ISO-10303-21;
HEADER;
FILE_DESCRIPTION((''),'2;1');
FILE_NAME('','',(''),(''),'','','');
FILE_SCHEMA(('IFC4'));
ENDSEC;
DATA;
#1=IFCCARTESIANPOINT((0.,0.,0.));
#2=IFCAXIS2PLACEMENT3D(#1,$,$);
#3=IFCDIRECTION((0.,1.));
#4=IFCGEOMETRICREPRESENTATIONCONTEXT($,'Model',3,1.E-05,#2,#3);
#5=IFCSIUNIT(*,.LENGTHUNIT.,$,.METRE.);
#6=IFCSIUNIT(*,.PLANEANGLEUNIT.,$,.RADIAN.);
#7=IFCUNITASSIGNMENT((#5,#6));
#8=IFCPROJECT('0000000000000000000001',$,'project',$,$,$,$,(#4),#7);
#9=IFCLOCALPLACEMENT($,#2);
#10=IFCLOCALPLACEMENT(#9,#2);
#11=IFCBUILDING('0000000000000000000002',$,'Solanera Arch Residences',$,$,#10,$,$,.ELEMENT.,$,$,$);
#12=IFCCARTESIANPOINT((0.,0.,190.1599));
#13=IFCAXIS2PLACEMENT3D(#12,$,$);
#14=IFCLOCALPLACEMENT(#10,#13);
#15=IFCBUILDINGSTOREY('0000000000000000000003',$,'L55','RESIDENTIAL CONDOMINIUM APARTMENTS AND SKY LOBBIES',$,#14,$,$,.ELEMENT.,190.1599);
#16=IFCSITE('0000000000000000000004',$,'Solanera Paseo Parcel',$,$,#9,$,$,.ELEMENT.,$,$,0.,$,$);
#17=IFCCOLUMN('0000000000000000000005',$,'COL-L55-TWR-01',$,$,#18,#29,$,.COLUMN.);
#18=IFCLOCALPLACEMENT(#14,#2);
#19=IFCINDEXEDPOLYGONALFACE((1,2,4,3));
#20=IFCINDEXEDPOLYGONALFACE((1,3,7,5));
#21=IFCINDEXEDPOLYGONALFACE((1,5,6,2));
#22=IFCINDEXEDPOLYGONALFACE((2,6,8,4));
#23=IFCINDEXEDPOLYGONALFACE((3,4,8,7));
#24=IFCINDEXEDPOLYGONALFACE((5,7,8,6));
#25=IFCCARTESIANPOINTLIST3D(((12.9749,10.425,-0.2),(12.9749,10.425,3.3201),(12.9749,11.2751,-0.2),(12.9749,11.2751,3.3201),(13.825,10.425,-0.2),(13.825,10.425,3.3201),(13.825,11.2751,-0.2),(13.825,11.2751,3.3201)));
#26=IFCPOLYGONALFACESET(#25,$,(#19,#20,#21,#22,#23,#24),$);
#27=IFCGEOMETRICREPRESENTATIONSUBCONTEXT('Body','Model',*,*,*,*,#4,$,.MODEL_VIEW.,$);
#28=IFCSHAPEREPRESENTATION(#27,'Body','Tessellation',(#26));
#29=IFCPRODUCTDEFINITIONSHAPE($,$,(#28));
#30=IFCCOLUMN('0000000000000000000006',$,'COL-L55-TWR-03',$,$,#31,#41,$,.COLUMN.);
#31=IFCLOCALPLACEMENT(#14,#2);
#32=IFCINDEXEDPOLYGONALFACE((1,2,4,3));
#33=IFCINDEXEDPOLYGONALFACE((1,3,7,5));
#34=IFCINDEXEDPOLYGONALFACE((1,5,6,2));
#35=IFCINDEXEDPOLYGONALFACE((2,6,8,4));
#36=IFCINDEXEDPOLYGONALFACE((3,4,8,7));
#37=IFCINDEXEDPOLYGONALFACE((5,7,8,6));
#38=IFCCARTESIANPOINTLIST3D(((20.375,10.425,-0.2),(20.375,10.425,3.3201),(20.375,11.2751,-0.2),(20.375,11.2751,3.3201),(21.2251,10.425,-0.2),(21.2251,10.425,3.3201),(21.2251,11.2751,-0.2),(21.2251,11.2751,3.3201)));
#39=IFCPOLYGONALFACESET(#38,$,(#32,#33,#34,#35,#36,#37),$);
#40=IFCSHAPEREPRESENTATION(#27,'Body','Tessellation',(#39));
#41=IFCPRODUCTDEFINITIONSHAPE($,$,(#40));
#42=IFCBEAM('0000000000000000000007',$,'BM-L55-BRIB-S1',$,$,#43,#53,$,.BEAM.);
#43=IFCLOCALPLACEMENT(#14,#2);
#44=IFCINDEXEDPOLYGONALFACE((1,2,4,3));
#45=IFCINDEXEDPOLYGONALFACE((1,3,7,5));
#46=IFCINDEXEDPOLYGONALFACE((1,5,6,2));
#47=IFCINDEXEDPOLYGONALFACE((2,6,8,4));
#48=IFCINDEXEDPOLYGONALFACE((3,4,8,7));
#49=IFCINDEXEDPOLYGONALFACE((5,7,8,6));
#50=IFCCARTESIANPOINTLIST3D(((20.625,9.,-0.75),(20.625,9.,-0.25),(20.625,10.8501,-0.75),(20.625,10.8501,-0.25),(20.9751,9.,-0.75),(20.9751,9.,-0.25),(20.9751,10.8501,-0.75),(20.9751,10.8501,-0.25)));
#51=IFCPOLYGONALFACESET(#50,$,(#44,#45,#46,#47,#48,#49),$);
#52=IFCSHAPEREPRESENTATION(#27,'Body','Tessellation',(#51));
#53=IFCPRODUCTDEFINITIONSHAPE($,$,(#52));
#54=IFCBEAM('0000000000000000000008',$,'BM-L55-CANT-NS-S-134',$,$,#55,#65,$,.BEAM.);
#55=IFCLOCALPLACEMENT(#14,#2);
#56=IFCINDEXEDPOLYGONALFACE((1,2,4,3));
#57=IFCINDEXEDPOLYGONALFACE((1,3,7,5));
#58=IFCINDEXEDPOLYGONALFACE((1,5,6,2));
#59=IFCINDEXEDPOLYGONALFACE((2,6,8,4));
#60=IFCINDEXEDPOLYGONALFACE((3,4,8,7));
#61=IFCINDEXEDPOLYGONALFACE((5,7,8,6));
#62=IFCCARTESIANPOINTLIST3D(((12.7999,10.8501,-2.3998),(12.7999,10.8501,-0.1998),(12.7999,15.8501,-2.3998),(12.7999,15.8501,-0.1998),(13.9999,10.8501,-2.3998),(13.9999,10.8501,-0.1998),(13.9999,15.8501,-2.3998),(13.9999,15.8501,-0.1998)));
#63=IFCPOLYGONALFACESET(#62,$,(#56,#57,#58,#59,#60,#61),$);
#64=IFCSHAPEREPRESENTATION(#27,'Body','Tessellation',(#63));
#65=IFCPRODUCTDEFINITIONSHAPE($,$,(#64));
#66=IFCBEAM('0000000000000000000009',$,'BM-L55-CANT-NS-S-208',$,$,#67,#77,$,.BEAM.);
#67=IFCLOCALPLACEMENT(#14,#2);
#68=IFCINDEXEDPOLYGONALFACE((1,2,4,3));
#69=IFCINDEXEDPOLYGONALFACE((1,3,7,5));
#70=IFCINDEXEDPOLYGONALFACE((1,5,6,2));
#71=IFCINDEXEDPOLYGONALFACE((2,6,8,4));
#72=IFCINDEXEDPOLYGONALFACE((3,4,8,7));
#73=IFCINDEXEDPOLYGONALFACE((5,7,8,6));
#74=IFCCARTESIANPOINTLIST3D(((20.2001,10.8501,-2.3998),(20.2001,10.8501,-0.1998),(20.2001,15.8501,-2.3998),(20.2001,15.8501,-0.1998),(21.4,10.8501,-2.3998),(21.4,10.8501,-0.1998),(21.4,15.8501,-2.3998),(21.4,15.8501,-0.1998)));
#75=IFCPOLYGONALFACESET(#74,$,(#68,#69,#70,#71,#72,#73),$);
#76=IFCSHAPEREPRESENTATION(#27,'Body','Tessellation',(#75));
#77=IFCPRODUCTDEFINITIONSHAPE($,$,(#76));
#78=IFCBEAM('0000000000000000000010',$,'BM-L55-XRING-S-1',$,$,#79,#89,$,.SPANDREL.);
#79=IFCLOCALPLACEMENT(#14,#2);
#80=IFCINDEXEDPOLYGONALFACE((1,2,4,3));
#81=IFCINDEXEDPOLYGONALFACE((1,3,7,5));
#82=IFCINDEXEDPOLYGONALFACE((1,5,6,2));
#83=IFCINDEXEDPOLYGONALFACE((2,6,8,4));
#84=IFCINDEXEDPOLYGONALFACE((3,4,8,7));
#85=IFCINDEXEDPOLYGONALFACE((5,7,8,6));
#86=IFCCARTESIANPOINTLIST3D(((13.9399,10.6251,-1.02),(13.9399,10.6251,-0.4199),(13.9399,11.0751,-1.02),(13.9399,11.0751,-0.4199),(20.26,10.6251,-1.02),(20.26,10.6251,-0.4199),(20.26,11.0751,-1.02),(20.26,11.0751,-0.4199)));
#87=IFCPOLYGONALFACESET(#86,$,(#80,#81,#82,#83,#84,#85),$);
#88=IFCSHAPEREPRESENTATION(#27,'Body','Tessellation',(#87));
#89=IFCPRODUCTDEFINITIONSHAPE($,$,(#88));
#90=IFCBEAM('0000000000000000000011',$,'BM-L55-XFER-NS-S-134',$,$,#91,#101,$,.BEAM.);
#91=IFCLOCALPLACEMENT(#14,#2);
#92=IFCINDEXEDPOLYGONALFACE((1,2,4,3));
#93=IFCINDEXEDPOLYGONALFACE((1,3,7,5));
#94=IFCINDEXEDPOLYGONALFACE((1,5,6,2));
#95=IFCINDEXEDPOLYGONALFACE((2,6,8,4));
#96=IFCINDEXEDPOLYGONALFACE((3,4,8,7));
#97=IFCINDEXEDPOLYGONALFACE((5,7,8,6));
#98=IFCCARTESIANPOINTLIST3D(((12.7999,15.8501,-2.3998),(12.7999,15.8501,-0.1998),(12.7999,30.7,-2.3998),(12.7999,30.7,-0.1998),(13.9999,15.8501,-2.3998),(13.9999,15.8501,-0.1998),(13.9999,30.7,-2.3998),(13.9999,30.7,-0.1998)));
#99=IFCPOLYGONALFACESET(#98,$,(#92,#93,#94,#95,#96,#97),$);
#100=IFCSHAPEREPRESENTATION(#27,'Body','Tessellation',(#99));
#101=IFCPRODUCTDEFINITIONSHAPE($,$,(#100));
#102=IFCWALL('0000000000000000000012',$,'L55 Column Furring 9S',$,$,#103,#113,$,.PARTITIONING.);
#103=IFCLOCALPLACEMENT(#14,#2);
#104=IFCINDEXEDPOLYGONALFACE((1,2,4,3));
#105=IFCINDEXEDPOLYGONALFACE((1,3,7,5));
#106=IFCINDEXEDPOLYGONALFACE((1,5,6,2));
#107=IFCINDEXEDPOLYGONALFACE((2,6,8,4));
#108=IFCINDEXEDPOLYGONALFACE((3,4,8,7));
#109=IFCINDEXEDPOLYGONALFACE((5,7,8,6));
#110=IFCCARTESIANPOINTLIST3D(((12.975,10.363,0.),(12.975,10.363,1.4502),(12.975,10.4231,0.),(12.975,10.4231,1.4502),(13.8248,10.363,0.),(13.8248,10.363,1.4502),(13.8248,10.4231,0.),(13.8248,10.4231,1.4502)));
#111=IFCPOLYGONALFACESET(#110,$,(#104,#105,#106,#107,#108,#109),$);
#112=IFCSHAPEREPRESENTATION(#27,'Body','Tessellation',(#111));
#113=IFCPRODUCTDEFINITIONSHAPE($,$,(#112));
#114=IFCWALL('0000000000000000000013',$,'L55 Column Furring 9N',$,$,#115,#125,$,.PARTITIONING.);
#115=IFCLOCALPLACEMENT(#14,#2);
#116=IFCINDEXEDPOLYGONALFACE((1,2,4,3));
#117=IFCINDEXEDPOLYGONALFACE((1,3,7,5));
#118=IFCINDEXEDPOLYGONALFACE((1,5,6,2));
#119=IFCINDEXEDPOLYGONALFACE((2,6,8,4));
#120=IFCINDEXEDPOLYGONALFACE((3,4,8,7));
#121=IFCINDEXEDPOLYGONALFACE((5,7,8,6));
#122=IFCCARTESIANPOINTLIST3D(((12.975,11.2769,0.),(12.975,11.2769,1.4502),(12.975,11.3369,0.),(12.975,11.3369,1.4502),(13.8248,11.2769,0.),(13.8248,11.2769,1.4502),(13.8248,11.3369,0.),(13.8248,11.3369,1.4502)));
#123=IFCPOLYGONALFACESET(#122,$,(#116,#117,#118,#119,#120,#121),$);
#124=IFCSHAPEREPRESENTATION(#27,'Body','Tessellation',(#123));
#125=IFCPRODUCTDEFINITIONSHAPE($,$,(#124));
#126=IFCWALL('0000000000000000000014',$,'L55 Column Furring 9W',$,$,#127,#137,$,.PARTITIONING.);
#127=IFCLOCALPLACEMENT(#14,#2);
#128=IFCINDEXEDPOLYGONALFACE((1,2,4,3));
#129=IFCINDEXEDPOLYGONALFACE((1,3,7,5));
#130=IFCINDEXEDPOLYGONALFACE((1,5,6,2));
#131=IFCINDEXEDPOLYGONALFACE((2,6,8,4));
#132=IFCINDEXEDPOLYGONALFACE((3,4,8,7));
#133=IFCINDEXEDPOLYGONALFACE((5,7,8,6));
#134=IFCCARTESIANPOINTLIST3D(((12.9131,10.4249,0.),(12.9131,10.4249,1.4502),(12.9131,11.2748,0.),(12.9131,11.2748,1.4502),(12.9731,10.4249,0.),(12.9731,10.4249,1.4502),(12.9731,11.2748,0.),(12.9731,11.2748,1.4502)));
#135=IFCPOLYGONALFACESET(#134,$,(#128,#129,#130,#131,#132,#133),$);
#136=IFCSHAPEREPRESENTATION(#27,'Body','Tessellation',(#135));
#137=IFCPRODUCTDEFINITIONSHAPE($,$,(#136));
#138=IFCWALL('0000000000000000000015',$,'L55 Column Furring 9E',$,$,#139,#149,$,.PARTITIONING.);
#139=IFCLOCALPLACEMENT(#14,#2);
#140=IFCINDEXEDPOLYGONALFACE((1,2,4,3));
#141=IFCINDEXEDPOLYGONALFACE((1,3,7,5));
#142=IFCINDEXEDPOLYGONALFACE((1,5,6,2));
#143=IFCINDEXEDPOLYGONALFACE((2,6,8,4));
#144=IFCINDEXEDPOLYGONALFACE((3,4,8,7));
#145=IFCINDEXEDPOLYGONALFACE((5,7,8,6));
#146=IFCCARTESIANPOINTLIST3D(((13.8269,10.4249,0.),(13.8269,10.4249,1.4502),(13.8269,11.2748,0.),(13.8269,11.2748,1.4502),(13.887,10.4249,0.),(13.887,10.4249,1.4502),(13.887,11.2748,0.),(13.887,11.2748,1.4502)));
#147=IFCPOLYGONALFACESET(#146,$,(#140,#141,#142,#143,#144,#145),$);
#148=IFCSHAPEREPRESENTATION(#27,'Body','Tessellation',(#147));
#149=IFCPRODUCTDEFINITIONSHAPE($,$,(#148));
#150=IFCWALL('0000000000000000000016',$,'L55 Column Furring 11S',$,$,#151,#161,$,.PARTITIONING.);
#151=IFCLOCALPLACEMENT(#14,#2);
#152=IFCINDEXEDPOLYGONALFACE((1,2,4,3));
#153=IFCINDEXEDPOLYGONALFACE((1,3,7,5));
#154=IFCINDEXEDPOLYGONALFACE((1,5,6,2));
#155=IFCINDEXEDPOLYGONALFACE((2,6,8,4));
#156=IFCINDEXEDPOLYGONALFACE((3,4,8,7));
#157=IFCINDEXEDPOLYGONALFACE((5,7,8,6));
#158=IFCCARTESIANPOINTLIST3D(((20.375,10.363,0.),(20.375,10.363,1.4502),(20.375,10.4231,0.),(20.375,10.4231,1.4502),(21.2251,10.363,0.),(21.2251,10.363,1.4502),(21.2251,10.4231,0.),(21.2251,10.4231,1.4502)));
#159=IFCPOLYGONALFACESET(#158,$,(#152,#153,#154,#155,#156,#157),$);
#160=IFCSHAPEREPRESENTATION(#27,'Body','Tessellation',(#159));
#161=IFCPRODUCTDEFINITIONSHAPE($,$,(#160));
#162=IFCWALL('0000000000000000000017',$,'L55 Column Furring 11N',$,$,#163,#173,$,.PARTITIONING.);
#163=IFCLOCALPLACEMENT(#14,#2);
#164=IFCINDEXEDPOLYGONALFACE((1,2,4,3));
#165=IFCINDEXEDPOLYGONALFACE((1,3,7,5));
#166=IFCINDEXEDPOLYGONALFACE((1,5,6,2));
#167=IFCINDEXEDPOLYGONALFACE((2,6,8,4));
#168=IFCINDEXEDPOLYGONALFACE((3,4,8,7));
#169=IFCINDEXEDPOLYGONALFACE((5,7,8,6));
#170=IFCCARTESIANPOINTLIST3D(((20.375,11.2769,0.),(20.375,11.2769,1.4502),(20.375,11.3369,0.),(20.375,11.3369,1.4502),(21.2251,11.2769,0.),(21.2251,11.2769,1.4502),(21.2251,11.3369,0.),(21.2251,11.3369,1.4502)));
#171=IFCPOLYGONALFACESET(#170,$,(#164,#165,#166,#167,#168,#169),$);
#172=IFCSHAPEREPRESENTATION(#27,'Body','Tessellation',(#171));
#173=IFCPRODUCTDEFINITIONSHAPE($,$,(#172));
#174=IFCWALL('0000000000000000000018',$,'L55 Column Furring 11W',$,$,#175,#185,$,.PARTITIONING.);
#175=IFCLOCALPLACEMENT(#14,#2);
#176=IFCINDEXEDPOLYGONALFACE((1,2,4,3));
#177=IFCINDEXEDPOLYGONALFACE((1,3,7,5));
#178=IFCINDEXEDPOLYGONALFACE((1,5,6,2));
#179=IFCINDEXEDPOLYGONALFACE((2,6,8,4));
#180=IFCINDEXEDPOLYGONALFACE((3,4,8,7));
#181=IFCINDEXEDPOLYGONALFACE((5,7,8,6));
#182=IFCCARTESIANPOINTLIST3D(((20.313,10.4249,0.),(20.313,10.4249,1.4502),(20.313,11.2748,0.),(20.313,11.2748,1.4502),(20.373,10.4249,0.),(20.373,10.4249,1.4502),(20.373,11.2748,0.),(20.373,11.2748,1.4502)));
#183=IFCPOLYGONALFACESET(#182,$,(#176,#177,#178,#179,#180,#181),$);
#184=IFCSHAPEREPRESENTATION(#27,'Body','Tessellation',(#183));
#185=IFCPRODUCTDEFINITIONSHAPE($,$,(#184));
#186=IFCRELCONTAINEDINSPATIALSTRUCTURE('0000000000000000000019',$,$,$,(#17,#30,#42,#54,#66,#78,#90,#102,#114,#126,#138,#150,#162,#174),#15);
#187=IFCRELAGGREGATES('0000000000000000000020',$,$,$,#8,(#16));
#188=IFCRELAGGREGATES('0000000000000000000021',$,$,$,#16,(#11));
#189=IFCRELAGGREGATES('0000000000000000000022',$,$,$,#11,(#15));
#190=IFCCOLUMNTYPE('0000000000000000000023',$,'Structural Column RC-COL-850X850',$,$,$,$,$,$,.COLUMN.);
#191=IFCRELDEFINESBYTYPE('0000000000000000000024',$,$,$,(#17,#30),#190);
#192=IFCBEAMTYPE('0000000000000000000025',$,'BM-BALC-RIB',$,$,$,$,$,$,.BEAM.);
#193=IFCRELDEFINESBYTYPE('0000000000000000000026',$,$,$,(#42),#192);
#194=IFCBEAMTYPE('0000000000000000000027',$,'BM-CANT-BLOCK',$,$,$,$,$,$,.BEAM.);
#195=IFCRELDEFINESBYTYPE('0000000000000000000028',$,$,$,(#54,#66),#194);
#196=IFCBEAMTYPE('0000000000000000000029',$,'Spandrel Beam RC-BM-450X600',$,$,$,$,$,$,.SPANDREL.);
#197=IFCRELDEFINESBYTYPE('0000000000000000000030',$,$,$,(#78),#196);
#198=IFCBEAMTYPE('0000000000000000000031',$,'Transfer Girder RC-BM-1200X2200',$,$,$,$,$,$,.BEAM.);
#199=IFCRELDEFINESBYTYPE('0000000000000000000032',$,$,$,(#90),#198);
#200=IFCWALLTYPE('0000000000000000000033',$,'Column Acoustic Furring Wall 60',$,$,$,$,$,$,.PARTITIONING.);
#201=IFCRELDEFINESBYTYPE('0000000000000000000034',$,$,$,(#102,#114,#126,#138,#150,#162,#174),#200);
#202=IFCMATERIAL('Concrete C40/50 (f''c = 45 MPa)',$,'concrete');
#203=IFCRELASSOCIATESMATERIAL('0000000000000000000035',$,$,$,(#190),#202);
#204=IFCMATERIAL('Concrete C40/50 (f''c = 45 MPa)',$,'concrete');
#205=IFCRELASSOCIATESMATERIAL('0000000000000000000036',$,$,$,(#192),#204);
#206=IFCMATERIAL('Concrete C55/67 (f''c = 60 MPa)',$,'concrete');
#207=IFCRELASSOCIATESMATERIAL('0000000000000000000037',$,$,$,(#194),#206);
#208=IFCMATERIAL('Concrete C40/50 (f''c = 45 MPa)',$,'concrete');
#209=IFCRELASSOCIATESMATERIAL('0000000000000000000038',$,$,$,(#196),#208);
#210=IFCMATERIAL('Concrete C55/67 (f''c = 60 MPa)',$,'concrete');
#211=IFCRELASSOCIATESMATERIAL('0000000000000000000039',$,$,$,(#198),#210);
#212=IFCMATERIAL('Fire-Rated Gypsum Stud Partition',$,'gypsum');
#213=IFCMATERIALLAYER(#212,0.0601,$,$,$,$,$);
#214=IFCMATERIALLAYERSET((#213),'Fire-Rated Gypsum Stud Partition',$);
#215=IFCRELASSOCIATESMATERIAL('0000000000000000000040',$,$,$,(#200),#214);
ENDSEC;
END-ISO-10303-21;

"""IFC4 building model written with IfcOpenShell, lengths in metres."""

from ifc_helpers import new_model, si_unit, direction, frame, frame_2d, origin, origin_2d, place, context, subcontext, project, spatial, rectangle, extrude, material, layer, layer_set, material_profile, profile_set, type_object, element, save


model = new_model("IFC4")

# Units and contexts
model_context = context("Model", 3, precision=1e-05, world=origin(), true_north=direction((0.0, 1.0)))
body_context = subcontext(model_context, "Body", "Model", "MODEL_VIEW")
ifc_project = project(units=[si_unit("LENGTHUNIT", "METRE"), si_unit("PLANEANGLEUNIT", "RADIAN")], contexts=[model_context])

# Site, building, storey
site_placement = place(None, origin())
site = spatial("IfcSite", under=ifc_project, at=site_placement, Name="Solanera Paseo Parcel", CompositionType="ELEMENT", RefElevation=0.0)
building_placement = place(site_placement, origin())
building = spatial("IfcBuilding", under=site, at=building_placement, Name="Solanera Arch Residences", CompositionType="ELEMENT")
storey_placement = place(building_placement, frame((0.0, 0.0, 190.1599)))
storey = spatial("IfcBuildingStorey", under=building, at=storey_placement, Name="L55", Description="RESIDENTIAL CONDOMINIUM APARTMENTS AND SKY LOBBIES", CompositionType="ELEMENT", Elevation=190.1599)

# Columns
ifc_material_1 = material(Name="Concrete C40/50 (f'c = 45 MPa)", Category="concrete")
ifc_material_profile_1 = material_profile(ifc_material_1, rectangle(XDim=0.8501, YDim=0.8501, at=origin_2d()))
ifc_profile_set_1 = profile_set([ifc_material_profile_1], Name="Concrete C40/50 (f'c = 45 MPa)")
column_type = type_object("IfcColumnType", Name="Structural Column RC-COL-850X850", PredefinedType="COLUMN", material=ifc_profile_set_1)
for number, where, z_axis, x_axis, name in (
    (1, (13.3999, 10.8501, -0.2), (0.0, 0.0, 1.0), (1.0, 0.0, 0.0), "COL-L55-TWR-01"),
    (2, (20.8, 10.8501, -0.2), (0.0, 0.0, 1.0), (1.0, 0.0, 0.0), "COL-L55-TWR-03"),
):
    element("IfcColumn", number, at=place(storey_placement, frame(where, z_axis=z_axis, x_axis=x_axis)), inside=storey, type_object=column_type, Name=name, PredefinedType="COLUMN", context=body_context, shape_type="SweptSolid", body=[
        extrude(rectangle(XDim=0.8501, YDim=0.8501, at=origin_2d()), origin(), (0.0, 0.0, 1.0), 3.52),
    ])

# Beams
ifc_material_2 = material(Name="Concrete C40/50 (f'c = 45 MPa)", Category="concrete")
ifc_material_profile_2 = material_profile(ifc_material_2, rectangle(XDim=0.3501, YDim=0.5, at=origin_2d()))
ifc_profile_set_2 = profile_set([ifc_material_profile_2], Name="Concrete C40/50 (f'c = 45 MPa)")
beam_type_1 = type_object("IfcBeamType", Name="BM-BALC-RIB", PredefinedType="BEAM", material=ifc_profile_set_2)
beam_1_placement = place(storey_placement, frame((20.8, 9.0, -0.5), z_axis=(0.0, 1.0, 0.0), x_axis=(-1.0, 0.0, 0.0)))
element("IfcBeam", 3, at=beam_1_placement, inside=storey, type_object=beam_type_1, Name="BM-L55-BRIB-S1", PredefinedType="BEAM", context=body_context, shape_type="SweptSolid", body=[
    extrude(rectangle(XDim=0.3501, YDim=0.5, at=origin_2d()), origin(), (0.0, 0.0, 1.0), 1.8501),
])
ifc_material_3 = material(Name="Concrete C55/67 (f'c = 60 MPa)", Category="concrete")
ifc_material_profile_3 = material_profile(ifc_material_3, rectangle(XDim=1.2, YDim=2.2, at=origin_2d()))
ifc_profile_set_3 = profile_set([ifc_material_profile_3], Name="Concrete C55/67 (f'c = 60 MPa)")
beam_type_2 = type_object("IfcBeamType", Name="BM-CANT-BLOCK", PredefinedType="BEAM", material=ifc_profile_set_3)
for number, where, z_axis, x_axis, name in (
    (4, (13.3999, 10.8501, -1.2998), (0.0, 1.0, 0.0), (-1.0, 0.0, 0.0), "BM-L55-CANT-NS-S-134"),
    (5, (20.8, 10.8501, -1.2998), (0.0, 1.0, 0.0), (-1.0, 0.0, 0.0), "BM-L55-CANT-NS-S-208"),
):
    element("IfcBeam", number, at=place(storey_placement, frame(where, z_axis=z_axis, x_axis=x_axis)), inside=storey, type_object=beam_type_2, Name=name, PredefinedType="BEAM", context=body_context, shape_type="SweptSolid", body=[
        extrude(rectangle(XDim=1.2, YDim=2.2, at=origin_2d()), origin(), (0.0, 0.0, 1.0), 5.0),
    ])
ifc_material_4 = material(Name="Concrete C40/50 (f'c = 45 MPa)", Category="concrete")
ifc_material_profile_4 = material_profile(ifc_material_4, rectangle(XDim=0.45, YDim=0.6001, at=origin_2d()))
ifc_profile_set_4 = profile_set([ifc_material_profile_4], Name="Concrete C40/50 (f'c = 45 MPa)")
beam_type_3 = type_object("IfcBeamType", Name="Spandrel Beam RC-BM-450X600", PredefinedType="SPANDREL", material=ifc_profile_set_4)
beam_2_placement = place(storey_placement, frame((13.9399, 10.8501, -0.72), z_axis=(1.0, 0.0, 0.0), x_axis=(0.0, 1.0, 0.0)))
element("IfcBeam", 6, at=beam_2_placement, inside=storey, type_object=beam_type_3, Name="BM-L55-XRING-S-1", PredefinedType="SPANDREL", context=body_context, shape_type="SweptSolid", body=[
    extrude(rectangle(XDim=0.45, YDim=0.6001, at=origin_2d()), origin(), (0.0, 0.0, 1.0), 6.3201),
])
ifc_material_5 = material(Name="Concrete C55/67 (f'c = 60 MPa)", Category="concrete")
ifc_material_profile_5 = material_profile(ifc_material_5, rectangle(XDim=1.2, YDim=2.2, at=origin_2d()))
ifc_profile_set_5 = profile_set([ifc_material_profile_5], Name="Concrete C55/67 (f'c = 60 MPa)")
beam_type_4 = type_object("IfcBeamType", Name="Transfer Girder RC-BM-1200X2200", PredefinedType="BEAM", material=ifc_profile_set_5)
beam_3_placement = place(storey_placement, frame((13.3999, 15.8501, -1.2998), z_axis=(0.0, 1.0, 0.0), x_axis=(-1.0, 0.0, 0.0)))
element("IfcBeam", 7, at=beam_3_placement, inside=storey, type_object=beam_type_4, Name="BM-L55-XFER-NS-S-134", PredefinedType="BEAM", context=body_context, shape_type="SweptSolid", body=[
    extrude(rectangle(XDim=1.2, YDim=2.2, at=origin_2d()), origin(), (0.0, 0.0, 1.0), 14.8499),
])

# Walls
ifc_material_6 = material(Name="Fire-Rated Gypsum Stud Partition", Category="gypsum")
ifc_layer_1 = layer(ifc_material_6, 0.0601)
ifc_layer_set_1 = layer_set([ifc_layer_1], Name="Fire-Rated Gypsum Stud Partition")
wall_type_1 = type_object("IfcWallType", Name="Column Acoustic Furring Wall 60", PredefinedType="PARTITIONING", material=ifc_layer_set_1)
for number, where, z_axis, x_axis, name in (
    (8, (12.9751, 10.3931, 0.0), (0.0, 0.0, 1.0), (1.0, 0.0, 0.0), "L55 Column Furring 9S"),
    (9, (12.9751, 11.3069, 0.0), (0.0, 0.0, 1.0), (1.0, 0.0, 0.0), "L55 Column Furring 9N"),
    (10, (12.9431, 10.425, 0.0), (0.0, 0.0, 1.0), (0.0, 1.0, 0.0), "L55 Column Furring 9W"),
    (11, (13.8569, 10.425, 0.0), (0.0, 0.0, 1.0), (0.0, 1.0, 0.0), "L55 Column Furring 9E"),
):
    element("IfcWall", number, at=place(storey_placement, frame(where, z_axis=z_axis, x_axis=x_axis)), inside=storey, type_object=wall_type_1, Name=name, PredefinedType="PARTITIONING", context=body_context, shape_type="SweptSolid", body=[
        extrude(rectangle(XDim=0.8499, YDim=0.0601, at=frame_2d((0.4248, 0.0))), origin(), (0.0, 0.0, 1.0), 1.4502),
    ])
for number, where, z_axis, x_axis, name in (
    (12, (20.375, 10.3931, 0.0), (0.0, 0.0, 1.0), (1.0, 0.0, 0.0), "L55 Column Furring 11S"),
    (13, (20.375, 11.3069, 0.0), (0.0, 0.0, 1.0), (1.0, 0.0, 0.0), "L55 Column Furring 11N"),
):
    element("IfcWall", number, at=place(storey_placement, frame(where, z_axis=z_axis, x_axis=x_axis)), inside=storey, type_object=wall_type_1, Name=name, PredefinedType="PARTITIONING", context=body_context, shape_type="SweptSolid", body=[
        extrude(rectangle(XDim=0.8501, YDim=0.0601, at=frame_2d((0.425, 0.0))), origin(), (0.0, 0.0, 1.0), 1.4502),
    ])
wall_1_placement = place(storey_placement, frame((20.343, 10.425, 0.0), z_axis=(0.0, 0.0, 1.0), x_axis=(0.0, 1.0, 0.0)))
element("IfcWall", 14, at=wall_1_placement, inside=storey, type_object=wall_type_1, Name="L55 Column Furring 11W", PredefinedType="PARTITIONING", context=body_context, shape_type="SweptSolid", body=[
    extrude(rectangle(XDim=0.8499, YDim=0.0601, at=frame_2d((0.4248, 0.0))), origin(), (0.0, 0.0, 1.0), 1.4502),
])

save(model, "model.ifc")
